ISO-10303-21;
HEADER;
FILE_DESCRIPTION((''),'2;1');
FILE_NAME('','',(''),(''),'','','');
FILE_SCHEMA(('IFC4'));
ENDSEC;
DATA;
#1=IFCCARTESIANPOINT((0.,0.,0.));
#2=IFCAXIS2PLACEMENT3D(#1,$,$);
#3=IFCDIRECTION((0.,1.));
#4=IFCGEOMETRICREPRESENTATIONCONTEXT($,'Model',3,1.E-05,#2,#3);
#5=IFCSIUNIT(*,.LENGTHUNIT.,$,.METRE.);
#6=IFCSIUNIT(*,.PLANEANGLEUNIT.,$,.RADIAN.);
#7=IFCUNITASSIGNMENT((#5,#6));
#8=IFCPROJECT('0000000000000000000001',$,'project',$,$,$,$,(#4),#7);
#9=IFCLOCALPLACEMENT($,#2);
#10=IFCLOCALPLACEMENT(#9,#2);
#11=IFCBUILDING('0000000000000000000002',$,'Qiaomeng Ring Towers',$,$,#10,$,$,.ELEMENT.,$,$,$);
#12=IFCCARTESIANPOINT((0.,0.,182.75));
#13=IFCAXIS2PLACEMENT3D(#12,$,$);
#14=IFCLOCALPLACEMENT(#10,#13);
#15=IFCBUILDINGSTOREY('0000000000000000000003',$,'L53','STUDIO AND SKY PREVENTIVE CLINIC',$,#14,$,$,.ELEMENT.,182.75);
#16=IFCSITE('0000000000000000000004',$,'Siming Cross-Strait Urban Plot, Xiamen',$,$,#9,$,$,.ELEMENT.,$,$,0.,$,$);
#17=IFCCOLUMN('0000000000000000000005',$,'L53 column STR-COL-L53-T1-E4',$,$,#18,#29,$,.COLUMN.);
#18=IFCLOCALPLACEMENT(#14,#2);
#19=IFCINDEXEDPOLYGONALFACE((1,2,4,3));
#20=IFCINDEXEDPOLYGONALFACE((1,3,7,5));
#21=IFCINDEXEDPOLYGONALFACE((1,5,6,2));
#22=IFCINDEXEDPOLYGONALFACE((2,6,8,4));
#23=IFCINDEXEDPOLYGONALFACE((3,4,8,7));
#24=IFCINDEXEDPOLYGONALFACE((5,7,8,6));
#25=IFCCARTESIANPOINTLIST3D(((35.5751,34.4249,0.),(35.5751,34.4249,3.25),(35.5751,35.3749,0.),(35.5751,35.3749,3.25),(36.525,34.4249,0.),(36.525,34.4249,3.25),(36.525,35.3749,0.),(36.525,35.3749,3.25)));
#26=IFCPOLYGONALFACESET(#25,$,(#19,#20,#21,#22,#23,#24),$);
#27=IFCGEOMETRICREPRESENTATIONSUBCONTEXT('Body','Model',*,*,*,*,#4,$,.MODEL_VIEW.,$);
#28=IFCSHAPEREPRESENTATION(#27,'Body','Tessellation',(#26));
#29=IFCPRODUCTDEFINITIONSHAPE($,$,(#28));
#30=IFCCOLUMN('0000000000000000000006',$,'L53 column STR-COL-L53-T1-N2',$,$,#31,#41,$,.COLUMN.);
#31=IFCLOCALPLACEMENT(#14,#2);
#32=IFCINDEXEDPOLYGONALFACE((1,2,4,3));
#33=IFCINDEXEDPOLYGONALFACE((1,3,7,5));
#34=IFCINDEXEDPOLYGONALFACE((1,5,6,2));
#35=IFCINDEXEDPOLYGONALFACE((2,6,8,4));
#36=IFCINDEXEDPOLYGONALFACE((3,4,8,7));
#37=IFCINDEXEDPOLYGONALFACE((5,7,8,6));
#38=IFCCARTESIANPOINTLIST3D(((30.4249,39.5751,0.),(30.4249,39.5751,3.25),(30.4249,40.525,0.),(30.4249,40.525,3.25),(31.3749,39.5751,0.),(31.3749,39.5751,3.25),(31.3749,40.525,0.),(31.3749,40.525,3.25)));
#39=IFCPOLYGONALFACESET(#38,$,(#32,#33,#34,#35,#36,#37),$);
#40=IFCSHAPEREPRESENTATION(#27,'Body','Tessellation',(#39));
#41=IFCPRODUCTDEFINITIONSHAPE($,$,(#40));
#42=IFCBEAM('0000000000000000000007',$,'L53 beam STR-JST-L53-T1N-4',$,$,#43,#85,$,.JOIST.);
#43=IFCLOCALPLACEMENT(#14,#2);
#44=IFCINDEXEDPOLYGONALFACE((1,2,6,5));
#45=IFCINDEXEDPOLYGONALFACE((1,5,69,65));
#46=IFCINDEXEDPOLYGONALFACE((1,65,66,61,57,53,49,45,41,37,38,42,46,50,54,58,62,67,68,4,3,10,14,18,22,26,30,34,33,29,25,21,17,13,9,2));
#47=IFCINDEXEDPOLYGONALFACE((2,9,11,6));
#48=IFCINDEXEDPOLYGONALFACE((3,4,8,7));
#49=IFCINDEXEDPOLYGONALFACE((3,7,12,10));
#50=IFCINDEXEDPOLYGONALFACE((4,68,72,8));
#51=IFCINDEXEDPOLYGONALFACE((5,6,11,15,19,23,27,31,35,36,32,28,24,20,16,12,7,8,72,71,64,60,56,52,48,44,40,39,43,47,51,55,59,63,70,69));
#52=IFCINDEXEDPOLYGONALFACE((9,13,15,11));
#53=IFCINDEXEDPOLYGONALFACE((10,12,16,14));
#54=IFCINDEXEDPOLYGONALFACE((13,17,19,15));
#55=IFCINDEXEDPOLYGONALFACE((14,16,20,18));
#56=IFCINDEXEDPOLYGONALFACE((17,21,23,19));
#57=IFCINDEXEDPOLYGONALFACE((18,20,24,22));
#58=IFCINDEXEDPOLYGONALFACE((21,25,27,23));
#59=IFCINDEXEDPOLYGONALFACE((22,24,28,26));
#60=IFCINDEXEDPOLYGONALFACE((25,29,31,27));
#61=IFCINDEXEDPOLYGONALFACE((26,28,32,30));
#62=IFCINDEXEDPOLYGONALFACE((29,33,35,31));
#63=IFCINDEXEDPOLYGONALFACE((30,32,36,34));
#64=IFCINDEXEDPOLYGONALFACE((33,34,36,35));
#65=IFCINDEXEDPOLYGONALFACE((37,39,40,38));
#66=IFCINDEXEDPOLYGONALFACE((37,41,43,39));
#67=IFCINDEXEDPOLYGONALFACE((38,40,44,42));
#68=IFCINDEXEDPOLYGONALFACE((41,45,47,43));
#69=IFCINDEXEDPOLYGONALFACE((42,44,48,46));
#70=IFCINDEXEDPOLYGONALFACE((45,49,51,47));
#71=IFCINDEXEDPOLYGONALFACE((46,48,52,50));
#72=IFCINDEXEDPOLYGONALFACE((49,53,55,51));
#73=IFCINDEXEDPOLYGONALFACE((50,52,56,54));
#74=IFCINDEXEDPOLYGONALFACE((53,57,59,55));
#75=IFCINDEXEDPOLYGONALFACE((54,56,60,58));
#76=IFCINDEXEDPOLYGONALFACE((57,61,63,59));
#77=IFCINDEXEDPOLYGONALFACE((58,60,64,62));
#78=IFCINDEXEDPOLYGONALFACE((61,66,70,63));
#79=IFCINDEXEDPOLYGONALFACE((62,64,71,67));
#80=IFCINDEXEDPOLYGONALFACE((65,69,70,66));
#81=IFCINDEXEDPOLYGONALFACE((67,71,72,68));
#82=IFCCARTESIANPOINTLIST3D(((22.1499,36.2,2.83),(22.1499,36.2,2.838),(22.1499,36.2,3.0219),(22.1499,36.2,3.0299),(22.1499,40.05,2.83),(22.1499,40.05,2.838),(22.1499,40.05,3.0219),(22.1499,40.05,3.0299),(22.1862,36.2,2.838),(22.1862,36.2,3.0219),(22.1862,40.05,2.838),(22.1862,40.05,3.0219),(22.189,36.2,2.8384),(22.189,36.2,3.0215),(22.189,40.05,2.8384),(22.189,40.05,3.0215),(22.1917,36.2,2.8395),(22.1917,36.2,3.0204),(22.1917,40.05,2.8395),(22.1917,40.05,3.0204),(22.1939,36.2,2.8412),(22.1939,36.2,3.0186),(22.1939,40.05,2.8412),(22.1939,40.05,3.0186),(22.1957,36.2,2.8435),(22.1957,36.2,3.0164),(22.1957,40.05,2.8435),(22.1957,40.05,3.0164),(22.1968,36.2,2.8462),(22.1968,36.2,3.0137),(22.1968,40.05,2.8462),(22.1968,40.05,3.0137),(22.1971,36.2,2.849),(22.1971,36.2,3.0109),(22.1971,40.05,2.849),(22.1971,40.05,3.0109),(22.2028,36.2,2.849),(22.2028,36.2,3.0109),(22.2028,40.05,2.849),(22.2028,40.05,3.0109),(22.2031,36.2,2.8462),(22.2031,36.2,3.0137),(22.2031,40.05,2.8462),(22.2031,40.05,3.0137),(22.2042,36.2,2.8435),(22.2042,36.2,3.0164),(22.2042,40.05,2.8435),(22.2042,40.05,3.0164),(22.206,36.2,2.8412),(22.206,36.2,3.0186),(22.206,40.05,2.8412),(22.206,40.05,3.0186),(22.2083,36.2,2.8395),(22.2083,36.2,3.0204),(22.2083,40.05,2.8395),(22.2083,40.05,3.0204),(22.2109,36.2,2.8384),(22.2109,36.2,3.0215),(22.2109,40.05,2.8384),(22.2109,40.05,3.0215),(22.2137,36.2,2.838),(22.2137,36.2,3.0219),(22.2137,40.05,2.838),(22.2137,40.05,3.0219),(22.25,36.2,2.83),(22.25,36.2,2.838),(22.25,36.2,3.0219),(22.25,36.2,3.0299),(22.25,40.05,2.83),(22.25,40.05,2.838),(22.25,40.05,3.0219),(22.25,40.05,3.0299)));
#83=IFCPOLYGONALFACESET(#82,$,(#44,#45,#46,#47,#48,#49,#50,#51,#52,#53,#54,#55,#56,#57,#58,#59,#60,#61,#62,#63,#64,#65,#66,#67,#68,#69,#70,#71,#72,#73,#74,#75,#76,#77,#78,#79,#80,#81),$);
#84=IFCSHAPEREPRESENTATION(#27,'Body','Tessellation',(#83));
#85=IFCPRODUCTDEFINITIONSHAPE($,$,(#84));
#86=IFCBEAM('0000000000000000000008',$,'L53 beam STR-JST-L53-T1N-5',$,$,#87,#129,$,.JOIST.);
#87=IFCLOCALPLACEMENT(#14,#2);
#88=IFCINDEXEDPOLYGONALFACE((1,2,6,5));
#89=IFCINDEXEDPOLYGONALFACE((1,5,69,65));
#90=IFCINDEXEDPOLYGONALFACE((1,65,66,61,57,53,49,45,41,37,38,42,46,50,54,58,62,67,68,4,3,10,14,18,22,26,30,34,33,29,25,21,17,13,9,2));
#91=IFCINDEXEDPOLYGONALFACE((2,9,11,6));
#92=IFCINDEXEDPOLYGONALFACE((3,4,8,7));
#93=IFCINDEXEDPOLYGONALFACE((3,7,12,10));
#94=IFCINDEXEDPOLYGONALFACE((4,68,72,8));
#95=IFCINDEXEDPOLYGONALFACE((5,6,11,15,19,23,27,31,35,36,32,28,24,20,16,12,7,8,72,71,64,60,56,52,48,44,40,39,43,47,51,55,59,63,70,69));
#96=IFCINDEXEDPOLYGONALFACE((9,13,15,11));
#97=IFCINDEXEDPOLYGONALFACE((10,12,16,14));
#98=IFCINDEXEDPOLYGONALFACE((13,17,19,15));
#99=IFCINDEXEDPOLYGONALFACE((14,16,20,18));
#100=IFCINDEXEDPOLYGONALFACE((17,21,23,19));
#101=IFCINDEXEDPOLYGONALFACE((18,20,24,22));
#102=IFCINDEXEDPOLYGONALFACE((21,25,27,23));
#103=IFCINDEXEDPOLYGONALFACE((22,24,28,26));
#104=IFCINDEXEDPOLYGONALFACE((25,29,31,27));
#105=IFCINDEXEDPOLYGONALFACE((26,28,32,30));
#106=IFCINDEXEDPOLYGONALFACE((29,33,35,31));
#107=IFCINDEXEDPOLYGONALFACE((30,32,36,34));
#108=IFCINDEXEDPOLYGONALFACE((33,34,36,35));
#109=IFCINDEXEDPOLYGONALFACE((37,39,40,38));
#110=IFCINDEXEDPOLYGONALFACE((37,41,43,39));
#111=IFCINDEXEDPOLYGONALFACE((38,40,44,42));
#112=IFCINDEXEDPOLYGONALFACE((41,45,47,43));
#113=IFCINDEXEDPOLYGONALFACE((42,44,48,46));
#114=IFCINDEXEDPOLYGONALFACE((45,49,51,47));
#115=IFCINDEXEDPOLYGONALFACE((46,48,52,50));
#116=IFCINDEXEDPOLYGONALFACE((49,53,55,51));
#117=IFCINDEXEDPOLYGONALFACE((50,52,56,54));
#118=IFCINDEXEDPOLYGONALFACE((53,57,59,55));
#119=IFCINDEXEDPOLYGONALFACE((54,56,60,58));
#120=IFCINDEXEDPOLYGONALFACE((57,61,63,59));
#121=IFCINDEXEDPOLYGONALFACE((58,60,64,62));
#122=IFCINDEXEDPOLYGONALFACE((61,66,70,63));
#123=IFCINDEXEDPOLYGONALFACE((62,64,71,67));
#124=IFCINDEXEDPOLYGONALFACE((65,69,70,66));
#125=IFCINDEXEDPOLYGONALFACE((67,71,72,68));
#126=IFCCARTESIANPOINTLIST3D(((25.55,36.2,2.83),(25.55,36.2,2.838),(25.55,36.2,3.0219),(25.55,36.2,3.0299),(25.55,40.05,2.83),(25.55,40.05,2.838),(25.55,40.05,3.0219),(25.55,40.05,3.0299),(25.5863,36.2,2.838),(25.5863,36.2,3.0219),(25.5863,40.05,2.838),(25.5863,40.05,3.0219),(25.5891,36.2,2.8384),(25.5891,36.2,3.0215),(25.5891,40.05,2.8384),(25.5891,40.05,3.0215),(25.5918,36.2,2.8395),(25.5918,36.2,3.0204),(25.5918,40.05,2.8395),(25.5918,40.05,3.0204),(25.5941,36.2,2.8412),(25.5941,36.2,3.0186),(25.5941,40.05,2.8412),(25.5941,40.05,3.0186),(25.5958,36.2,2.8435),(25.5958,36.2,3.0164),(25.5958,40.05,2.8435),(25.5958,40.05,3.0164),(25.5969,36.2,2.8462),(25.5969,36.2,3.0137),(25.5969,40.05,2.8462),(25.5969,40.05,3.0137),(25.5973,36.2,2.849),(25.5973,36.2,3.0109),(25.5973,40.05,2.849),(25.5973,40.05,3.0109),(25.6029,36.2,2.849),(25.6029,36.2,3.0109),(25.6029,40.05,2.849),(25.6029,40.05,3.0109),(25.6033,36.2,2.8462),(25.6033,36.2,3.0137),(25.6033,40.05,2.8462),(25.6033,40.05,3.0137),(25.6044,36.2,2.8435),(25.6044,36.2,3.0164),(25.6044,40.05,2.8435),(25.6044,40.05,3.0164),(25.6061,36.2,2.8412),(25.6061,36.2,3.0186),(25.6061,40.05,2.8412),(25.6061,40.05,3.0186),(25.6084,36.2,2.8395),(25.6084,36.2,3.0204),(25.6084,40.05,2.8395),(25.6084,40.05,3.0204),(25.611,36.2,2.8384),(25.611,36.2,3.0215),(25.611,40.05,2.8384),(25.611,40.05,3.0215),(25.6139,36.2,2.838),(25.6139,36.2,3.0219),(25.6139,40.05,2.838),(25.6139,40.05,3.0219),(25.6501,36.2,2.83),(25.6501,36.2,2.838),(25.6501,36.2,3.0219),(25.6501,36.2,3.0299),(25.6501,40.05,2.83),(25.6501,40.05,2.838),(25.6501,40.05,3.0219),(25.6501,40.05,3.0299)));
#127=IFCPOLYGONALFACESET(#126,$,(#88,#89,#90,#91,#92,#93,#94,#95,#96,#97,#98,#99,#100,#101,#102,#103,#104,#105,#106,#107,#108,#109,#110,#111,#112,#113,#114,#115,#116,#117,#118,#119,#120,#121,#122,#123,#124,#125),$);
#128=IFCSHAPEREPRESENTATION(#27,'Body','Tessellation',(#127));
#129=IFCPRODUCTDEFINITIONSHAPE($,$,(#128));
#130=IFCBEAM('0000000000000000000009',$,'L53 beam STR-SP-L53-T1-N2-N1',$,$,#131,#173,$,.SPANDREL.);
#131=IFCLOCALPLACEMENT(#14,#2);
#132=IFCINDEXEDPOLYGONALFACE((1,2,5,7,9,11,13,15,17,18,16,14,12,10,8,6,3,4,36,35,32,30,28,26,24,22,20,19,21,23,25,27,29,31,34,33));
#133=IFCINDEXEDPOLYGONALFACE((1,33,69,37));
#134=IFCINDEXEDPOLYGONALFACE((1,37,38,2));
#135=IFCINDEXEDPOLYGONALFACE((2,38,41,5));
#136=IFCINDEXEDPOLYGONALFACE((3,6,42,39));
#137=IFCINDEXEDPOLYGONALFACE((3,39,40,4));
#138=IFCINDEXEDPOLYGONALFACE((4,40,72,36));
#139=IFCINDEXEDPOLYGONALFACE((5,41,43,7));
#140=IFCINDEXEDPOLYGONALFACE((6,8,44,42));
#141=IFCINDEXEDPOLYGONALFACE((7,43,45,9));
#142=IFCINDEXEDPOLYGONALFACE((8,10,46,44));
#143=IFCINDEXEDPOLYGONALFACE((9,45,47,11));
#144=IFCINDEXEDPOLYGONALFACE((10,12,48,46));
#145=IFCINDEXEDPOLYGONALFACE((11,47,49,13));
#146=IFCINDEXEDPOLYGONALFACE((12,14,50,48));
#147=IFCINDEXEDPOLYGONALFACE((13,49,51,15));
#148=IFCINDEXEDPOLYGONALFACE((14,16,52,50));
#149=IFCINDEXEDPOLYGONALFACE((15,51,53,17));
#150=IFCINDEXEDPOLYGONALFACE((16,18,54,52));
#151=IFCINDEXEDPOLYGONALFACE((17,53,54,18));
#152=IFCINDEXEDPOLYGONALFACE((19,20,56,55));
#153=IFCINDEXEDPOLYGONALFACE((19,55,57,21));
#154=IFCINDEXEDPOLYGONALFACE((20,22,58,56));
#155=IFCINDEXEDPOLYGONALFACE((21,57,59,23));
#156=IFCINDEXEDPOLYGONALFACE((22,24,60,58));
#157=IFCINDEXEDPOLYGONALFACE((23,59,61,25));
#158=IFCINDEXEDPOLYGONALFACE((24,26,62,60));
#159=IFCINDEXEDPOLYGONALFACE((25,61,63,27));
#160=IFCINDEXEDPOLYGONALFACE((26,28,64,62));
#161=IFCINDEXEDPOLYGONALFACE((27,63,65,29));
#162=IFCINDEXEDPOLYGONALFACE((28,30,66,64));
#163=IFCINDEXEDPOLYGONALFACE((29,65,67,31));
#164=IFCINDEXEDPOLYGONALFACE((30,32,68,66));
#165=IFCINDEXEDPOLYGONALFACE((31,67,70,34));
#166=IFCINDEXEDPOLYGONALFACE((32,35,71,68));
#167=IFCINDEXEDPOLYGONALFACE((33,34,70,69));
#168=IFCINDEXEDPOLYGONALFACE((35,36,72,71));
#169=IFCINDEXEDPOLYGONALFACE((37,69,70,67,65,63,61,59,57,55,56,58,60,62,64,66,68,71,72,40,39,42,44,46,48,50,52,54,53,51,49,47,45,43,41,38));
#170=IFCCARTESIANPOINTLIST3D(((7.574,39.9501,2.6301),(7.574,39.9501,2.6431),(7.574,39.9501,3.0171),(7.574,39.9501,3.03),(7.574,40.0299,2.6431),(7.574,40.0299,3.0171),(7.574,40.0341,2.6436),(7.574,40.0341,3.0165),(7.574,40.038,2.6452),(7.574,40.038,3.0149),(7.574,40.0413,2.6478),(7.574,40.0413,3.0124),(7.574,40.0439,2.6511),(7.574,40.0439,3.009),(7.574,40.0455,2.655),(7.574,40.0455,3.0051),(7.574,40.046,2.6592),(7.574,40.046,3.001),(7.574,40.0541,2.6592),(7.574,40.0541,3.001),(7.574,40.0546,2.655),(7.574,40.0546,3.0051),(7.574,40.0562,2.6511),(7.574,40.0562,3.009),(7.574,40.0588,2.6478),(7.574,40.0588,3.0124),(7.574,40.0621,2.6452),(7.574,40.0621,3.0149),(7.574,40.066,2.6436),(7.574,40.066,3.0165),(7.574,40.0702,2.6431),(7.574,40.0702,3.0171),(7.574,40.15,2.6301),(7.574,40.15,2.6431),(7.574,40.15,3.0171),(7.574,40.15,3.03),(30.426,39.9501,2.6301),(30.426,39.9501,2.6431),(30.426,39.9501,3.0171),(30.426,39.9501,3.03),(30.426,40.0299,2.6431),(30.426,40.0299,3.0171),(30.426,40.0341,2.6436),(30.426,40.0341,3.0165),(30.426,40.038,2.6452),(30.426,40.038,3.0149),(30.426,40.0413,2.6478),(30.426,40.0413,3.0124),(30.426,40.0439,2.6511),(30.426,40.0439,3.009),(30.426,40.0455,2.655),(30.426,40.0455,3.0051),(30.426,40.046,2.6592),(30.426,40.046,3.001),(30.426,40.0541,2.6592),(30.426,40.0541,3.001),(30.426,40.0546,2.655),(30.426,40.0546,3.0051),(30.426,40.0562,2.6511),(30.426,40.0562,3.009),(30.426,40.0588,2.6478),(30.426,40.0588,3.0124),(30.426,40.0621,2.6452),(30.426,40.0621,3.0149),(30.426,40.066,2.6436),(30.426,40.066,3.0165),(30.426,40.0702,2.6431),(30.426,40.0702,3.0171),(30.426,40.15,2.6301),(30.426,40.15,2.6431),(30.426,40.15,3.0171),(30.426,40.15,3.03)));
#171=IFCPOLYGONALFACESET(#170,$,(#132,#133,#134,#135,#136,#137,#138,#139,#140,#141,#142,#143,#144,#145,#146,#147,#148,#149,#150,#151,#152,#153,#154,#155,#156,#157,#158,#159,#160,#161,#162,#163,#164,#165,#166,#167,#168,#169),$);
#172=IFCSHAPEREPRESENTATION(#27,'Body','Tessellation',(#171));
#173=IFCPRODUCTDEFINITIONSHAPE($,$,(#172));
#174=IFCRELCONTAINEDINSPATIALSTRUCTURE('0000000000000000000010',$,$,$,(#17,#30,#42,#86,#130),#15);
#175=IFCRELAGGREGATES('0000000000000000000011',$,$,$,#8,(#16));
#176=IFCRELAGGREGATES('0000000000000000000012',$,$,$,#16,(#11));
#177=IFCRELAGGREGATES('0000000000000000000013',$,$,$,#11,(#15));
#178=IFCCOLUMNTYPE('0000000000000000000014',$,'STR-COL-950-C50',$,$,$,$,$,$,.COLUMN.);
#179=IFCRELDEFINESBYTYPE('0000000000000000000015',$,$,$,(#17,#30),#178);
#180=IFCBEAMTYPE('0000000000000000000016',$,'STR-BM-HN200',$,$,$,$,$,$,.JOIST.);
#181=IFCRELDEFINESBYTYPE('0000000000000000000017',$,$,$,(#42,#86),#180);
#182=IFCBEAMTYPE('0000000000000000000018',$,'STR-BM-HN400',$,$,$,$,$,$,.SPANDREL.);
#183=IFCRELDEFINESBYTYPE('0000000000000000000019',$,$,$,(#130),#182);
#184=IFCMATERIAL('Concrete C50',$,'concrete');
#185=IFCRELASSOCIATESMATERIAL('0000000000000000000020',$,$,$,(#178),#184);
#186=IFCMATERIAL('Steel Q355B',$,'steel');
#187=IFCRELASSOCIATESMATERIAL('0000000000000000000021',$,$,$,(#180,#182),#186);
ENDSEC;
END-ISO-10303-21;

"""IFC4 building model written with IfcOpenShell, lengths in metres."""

from ifc_helpers import new_model, si_unit, direction, frame, origin, origin_2d, place, context, subcontext, project, spatial, rectangle, i_section, extrude, source, transform, mapped, material, material_profile, profile_set, type_object, element, save


model = new_model("IFC4")

# Units and contexts
model_context = context("Model", 3, precision=1e-05, world=origin(), true_north=direction((0.0, 1.0)))
body_context = subcontext(model_context, "Body", "Model", "MODEL_VIEW")
ifc_project = project(units=[si_unit("LENGTHUNIT", "METRE"), si_unit("PLANEANGLEUNIT", "RADIAN")], contexts=[model_context])

# Site, building, storey
site_placement = place(None, origin())
site = spatial("IfcSite", under=ifc_project, at=site_placement, Name="Siming Cross-Strait Urban Plot, Xiamen", CompositionType="ELEMENT", RefElevation=0.0)
building_placement = place(site_placement, origin())
building = spatial("IfcBuilding", under=site, at=building_placement, Name="Qiaomeng Ring Towers", CompositionType="ELEMENT")
storey_placement = place(building_placement, frame((0.0, 0.0, 182.75)))
storey = spatial("IfcBuildingStorey", under=building, at=storey_placement, Name="L53", Description="STUDIO AND SKY PREVENTIVE CLINIC", CompositionType="ELEMENT", Elevation=182.75)

# Columns
ifc_material_1 = material(Name="Concrete C50", Category="concrete")
ifc_material_profile_1 = material_profile(ifc_material_1, rectangle(XDim=0.95, YDim=0.95, at=origin_2d()), Name="RC COL 950x950")
ifc_profile_set_1 = profile_set([ifc_material_profile_1], Name="Concrete C50")
column_type = type_object("IfcColumnType", Name="STR-COL-950-C50", PredefinedType="COLUMN", material=ifc_profile_set_1)
shared_shape_1 = source(origin(), body_context, "Body", "SweptSolid", [
    extrude(rectangle(XDim=0.95, YDim=0.95, at=origin_2d()), origin(), (0.0, 0.0, 1.0), 3.25),
])
for number, where, z_axis, x_axis, name in (
    (1, (36.05, 34.8999, 0.0), (0.0, 0.0, 1.0), (1.0, 0.0, 0.0), "L53 column STR-COL-L53-T1-E4"),
    (2, (30.8999, 40.05, 0.0), (0.0, 0.0, 1.0), (1.0, 0.0, 0.0), "L53 column STR-COL-L53-T1-N2"),
):
    element("IfcColumn", number, at=place(storey_placement, frame(where, z_axis=z_axis, x_axis=x_axis)), inside=storey, type_object=column_type, Name=name, PredefinedType="COLUMN", context=body_context, shape_type="MappedRepresentation", body=[
        mapped(shared_shape_1, transform((0.0, 0.0, 0.0), x_axis=(1.0, 0.0, 0.0), y_axis=(0.0, 1.0, 0.0), z_axis=(0.0, 0.0, 1.0), scale=1.0)),
    ])

# Beams
ifc_material_2 = material(Name="Steel Q355B", Category="steel")
ifc_material_profile_2 = material_profile(ifc_material_2, i_section(OverallWidth=0.1001, OverallDepth=0.2, WebThickness=0.0056, FlangeThickness=0.0081, FilletRadius=0.011, at=origin_2d()), Name="HN 200x100x5.5x8")
ifc_profile_set_2 = profile_set([ifc_material_profile_2], Name="Steel Q355B")
beam_type_1 = type_object("IfcBeamType", Name="STR-BM-HN200", PredefinedType="JOIST", material=ifc_profile_set_2)
shared_shape_2 = source(origin(), body_context, "Body", "SweptSolid", [
    extrude(i_section(OverallWidth=0.1001, OverallDepth=0.2, WebThickness=0.0056, FlangeThickness=0.0081, FilletRadius=0.011, at=origin_2d()), origin(), (0.0, 0.0, 1.0), 3.8501),
])
for number, where, z_axis, x_axis, name in (
    (3, (22.2, 36.2, 2.9299), (0.0, 1.0, 0.0), (-1.0, 0.0, 0.0), "L53 beam STR-JST-L53-T1N-4"),
    (4, (25.6001, 36.2, 2.9299), (0.0, 1.0, 0.0), (-1.0, 0.0, 0.0), "L53 beam STR-JST-L53-T1N-5"),
):
    element("IfcBeam", number, at=place(storey_placement, frame(where, z_axis=z_axis, x_axis=x_axis)), inside=storey, type_object=beam_type_1, Name=name, PredefinedType="JOIST", context=body_context, shape_type="MappedRepresentation", body=[
        mapped(shared_shape_2, transform((0.0, 0.0, 0.0), x_axis=(1.0, 0.0, 0.0), y_axis=(0.0, 1.0, 0.0), z_axis=(0.0, 0.0, 1.0), scale=1.0)),
    ])
ifc_material_profile_3 = material_profile(ifc_material_2, i_section(OverallWidth=0.2, OverallDepth=0.3999, WebThickness=0.0081, FlangeThickness=0.0129, FilletRadius=0.0161, at=origin_2d()), Name="HN 400x200x8x13")
ifc_profile_set_3 = profile_set([ifc_material_profile_3], Name="Steel Q355B")
beam_type_2 = type_object("IfcBeamType", Name="STR-BM-HN400", PredefinedType="SPANDREL", material=ifc_profile_set_3)
shared_shape_3 = source(origin(), body_context, "Body", "SweptSolid", [
    extrude(i_section(OverallWidth=0.2, OverallDepth=0.3999, WebThickness=0.0081, FlangeThickness=0.0129, FilletRadius=0.0161, at=origin_2d()), origin(), (0.0, 0.0, 1.0), 22.8521),
])
beam_1_placement = place(storey_placement, frame((30.426, 40.05, 2.8301), z_axis=(-1.0, 0.0, 0.0), x_axis=(0.0, -1.0, 0.0)))
element("IfcBeam", 5, at=beam_1_placement, inside=storey, type_object=beam_type_2, Name="L53 beam STR-SP-L53-T1-N2-N1", PredefinedType="SPANDREL", context=body_context, shape_type="MappedRepresentation", body=[
    mapped(shared_shape_3, transform((0.0, 0.0, 0.0), x_axis=(1.0, 0.0, 0.0), y_axis=(0.0, 1.0, 0.0), z_axis=(0.0, 0.0, 1.0), scale=1.0)),
])

save(model, "model.ifc")
